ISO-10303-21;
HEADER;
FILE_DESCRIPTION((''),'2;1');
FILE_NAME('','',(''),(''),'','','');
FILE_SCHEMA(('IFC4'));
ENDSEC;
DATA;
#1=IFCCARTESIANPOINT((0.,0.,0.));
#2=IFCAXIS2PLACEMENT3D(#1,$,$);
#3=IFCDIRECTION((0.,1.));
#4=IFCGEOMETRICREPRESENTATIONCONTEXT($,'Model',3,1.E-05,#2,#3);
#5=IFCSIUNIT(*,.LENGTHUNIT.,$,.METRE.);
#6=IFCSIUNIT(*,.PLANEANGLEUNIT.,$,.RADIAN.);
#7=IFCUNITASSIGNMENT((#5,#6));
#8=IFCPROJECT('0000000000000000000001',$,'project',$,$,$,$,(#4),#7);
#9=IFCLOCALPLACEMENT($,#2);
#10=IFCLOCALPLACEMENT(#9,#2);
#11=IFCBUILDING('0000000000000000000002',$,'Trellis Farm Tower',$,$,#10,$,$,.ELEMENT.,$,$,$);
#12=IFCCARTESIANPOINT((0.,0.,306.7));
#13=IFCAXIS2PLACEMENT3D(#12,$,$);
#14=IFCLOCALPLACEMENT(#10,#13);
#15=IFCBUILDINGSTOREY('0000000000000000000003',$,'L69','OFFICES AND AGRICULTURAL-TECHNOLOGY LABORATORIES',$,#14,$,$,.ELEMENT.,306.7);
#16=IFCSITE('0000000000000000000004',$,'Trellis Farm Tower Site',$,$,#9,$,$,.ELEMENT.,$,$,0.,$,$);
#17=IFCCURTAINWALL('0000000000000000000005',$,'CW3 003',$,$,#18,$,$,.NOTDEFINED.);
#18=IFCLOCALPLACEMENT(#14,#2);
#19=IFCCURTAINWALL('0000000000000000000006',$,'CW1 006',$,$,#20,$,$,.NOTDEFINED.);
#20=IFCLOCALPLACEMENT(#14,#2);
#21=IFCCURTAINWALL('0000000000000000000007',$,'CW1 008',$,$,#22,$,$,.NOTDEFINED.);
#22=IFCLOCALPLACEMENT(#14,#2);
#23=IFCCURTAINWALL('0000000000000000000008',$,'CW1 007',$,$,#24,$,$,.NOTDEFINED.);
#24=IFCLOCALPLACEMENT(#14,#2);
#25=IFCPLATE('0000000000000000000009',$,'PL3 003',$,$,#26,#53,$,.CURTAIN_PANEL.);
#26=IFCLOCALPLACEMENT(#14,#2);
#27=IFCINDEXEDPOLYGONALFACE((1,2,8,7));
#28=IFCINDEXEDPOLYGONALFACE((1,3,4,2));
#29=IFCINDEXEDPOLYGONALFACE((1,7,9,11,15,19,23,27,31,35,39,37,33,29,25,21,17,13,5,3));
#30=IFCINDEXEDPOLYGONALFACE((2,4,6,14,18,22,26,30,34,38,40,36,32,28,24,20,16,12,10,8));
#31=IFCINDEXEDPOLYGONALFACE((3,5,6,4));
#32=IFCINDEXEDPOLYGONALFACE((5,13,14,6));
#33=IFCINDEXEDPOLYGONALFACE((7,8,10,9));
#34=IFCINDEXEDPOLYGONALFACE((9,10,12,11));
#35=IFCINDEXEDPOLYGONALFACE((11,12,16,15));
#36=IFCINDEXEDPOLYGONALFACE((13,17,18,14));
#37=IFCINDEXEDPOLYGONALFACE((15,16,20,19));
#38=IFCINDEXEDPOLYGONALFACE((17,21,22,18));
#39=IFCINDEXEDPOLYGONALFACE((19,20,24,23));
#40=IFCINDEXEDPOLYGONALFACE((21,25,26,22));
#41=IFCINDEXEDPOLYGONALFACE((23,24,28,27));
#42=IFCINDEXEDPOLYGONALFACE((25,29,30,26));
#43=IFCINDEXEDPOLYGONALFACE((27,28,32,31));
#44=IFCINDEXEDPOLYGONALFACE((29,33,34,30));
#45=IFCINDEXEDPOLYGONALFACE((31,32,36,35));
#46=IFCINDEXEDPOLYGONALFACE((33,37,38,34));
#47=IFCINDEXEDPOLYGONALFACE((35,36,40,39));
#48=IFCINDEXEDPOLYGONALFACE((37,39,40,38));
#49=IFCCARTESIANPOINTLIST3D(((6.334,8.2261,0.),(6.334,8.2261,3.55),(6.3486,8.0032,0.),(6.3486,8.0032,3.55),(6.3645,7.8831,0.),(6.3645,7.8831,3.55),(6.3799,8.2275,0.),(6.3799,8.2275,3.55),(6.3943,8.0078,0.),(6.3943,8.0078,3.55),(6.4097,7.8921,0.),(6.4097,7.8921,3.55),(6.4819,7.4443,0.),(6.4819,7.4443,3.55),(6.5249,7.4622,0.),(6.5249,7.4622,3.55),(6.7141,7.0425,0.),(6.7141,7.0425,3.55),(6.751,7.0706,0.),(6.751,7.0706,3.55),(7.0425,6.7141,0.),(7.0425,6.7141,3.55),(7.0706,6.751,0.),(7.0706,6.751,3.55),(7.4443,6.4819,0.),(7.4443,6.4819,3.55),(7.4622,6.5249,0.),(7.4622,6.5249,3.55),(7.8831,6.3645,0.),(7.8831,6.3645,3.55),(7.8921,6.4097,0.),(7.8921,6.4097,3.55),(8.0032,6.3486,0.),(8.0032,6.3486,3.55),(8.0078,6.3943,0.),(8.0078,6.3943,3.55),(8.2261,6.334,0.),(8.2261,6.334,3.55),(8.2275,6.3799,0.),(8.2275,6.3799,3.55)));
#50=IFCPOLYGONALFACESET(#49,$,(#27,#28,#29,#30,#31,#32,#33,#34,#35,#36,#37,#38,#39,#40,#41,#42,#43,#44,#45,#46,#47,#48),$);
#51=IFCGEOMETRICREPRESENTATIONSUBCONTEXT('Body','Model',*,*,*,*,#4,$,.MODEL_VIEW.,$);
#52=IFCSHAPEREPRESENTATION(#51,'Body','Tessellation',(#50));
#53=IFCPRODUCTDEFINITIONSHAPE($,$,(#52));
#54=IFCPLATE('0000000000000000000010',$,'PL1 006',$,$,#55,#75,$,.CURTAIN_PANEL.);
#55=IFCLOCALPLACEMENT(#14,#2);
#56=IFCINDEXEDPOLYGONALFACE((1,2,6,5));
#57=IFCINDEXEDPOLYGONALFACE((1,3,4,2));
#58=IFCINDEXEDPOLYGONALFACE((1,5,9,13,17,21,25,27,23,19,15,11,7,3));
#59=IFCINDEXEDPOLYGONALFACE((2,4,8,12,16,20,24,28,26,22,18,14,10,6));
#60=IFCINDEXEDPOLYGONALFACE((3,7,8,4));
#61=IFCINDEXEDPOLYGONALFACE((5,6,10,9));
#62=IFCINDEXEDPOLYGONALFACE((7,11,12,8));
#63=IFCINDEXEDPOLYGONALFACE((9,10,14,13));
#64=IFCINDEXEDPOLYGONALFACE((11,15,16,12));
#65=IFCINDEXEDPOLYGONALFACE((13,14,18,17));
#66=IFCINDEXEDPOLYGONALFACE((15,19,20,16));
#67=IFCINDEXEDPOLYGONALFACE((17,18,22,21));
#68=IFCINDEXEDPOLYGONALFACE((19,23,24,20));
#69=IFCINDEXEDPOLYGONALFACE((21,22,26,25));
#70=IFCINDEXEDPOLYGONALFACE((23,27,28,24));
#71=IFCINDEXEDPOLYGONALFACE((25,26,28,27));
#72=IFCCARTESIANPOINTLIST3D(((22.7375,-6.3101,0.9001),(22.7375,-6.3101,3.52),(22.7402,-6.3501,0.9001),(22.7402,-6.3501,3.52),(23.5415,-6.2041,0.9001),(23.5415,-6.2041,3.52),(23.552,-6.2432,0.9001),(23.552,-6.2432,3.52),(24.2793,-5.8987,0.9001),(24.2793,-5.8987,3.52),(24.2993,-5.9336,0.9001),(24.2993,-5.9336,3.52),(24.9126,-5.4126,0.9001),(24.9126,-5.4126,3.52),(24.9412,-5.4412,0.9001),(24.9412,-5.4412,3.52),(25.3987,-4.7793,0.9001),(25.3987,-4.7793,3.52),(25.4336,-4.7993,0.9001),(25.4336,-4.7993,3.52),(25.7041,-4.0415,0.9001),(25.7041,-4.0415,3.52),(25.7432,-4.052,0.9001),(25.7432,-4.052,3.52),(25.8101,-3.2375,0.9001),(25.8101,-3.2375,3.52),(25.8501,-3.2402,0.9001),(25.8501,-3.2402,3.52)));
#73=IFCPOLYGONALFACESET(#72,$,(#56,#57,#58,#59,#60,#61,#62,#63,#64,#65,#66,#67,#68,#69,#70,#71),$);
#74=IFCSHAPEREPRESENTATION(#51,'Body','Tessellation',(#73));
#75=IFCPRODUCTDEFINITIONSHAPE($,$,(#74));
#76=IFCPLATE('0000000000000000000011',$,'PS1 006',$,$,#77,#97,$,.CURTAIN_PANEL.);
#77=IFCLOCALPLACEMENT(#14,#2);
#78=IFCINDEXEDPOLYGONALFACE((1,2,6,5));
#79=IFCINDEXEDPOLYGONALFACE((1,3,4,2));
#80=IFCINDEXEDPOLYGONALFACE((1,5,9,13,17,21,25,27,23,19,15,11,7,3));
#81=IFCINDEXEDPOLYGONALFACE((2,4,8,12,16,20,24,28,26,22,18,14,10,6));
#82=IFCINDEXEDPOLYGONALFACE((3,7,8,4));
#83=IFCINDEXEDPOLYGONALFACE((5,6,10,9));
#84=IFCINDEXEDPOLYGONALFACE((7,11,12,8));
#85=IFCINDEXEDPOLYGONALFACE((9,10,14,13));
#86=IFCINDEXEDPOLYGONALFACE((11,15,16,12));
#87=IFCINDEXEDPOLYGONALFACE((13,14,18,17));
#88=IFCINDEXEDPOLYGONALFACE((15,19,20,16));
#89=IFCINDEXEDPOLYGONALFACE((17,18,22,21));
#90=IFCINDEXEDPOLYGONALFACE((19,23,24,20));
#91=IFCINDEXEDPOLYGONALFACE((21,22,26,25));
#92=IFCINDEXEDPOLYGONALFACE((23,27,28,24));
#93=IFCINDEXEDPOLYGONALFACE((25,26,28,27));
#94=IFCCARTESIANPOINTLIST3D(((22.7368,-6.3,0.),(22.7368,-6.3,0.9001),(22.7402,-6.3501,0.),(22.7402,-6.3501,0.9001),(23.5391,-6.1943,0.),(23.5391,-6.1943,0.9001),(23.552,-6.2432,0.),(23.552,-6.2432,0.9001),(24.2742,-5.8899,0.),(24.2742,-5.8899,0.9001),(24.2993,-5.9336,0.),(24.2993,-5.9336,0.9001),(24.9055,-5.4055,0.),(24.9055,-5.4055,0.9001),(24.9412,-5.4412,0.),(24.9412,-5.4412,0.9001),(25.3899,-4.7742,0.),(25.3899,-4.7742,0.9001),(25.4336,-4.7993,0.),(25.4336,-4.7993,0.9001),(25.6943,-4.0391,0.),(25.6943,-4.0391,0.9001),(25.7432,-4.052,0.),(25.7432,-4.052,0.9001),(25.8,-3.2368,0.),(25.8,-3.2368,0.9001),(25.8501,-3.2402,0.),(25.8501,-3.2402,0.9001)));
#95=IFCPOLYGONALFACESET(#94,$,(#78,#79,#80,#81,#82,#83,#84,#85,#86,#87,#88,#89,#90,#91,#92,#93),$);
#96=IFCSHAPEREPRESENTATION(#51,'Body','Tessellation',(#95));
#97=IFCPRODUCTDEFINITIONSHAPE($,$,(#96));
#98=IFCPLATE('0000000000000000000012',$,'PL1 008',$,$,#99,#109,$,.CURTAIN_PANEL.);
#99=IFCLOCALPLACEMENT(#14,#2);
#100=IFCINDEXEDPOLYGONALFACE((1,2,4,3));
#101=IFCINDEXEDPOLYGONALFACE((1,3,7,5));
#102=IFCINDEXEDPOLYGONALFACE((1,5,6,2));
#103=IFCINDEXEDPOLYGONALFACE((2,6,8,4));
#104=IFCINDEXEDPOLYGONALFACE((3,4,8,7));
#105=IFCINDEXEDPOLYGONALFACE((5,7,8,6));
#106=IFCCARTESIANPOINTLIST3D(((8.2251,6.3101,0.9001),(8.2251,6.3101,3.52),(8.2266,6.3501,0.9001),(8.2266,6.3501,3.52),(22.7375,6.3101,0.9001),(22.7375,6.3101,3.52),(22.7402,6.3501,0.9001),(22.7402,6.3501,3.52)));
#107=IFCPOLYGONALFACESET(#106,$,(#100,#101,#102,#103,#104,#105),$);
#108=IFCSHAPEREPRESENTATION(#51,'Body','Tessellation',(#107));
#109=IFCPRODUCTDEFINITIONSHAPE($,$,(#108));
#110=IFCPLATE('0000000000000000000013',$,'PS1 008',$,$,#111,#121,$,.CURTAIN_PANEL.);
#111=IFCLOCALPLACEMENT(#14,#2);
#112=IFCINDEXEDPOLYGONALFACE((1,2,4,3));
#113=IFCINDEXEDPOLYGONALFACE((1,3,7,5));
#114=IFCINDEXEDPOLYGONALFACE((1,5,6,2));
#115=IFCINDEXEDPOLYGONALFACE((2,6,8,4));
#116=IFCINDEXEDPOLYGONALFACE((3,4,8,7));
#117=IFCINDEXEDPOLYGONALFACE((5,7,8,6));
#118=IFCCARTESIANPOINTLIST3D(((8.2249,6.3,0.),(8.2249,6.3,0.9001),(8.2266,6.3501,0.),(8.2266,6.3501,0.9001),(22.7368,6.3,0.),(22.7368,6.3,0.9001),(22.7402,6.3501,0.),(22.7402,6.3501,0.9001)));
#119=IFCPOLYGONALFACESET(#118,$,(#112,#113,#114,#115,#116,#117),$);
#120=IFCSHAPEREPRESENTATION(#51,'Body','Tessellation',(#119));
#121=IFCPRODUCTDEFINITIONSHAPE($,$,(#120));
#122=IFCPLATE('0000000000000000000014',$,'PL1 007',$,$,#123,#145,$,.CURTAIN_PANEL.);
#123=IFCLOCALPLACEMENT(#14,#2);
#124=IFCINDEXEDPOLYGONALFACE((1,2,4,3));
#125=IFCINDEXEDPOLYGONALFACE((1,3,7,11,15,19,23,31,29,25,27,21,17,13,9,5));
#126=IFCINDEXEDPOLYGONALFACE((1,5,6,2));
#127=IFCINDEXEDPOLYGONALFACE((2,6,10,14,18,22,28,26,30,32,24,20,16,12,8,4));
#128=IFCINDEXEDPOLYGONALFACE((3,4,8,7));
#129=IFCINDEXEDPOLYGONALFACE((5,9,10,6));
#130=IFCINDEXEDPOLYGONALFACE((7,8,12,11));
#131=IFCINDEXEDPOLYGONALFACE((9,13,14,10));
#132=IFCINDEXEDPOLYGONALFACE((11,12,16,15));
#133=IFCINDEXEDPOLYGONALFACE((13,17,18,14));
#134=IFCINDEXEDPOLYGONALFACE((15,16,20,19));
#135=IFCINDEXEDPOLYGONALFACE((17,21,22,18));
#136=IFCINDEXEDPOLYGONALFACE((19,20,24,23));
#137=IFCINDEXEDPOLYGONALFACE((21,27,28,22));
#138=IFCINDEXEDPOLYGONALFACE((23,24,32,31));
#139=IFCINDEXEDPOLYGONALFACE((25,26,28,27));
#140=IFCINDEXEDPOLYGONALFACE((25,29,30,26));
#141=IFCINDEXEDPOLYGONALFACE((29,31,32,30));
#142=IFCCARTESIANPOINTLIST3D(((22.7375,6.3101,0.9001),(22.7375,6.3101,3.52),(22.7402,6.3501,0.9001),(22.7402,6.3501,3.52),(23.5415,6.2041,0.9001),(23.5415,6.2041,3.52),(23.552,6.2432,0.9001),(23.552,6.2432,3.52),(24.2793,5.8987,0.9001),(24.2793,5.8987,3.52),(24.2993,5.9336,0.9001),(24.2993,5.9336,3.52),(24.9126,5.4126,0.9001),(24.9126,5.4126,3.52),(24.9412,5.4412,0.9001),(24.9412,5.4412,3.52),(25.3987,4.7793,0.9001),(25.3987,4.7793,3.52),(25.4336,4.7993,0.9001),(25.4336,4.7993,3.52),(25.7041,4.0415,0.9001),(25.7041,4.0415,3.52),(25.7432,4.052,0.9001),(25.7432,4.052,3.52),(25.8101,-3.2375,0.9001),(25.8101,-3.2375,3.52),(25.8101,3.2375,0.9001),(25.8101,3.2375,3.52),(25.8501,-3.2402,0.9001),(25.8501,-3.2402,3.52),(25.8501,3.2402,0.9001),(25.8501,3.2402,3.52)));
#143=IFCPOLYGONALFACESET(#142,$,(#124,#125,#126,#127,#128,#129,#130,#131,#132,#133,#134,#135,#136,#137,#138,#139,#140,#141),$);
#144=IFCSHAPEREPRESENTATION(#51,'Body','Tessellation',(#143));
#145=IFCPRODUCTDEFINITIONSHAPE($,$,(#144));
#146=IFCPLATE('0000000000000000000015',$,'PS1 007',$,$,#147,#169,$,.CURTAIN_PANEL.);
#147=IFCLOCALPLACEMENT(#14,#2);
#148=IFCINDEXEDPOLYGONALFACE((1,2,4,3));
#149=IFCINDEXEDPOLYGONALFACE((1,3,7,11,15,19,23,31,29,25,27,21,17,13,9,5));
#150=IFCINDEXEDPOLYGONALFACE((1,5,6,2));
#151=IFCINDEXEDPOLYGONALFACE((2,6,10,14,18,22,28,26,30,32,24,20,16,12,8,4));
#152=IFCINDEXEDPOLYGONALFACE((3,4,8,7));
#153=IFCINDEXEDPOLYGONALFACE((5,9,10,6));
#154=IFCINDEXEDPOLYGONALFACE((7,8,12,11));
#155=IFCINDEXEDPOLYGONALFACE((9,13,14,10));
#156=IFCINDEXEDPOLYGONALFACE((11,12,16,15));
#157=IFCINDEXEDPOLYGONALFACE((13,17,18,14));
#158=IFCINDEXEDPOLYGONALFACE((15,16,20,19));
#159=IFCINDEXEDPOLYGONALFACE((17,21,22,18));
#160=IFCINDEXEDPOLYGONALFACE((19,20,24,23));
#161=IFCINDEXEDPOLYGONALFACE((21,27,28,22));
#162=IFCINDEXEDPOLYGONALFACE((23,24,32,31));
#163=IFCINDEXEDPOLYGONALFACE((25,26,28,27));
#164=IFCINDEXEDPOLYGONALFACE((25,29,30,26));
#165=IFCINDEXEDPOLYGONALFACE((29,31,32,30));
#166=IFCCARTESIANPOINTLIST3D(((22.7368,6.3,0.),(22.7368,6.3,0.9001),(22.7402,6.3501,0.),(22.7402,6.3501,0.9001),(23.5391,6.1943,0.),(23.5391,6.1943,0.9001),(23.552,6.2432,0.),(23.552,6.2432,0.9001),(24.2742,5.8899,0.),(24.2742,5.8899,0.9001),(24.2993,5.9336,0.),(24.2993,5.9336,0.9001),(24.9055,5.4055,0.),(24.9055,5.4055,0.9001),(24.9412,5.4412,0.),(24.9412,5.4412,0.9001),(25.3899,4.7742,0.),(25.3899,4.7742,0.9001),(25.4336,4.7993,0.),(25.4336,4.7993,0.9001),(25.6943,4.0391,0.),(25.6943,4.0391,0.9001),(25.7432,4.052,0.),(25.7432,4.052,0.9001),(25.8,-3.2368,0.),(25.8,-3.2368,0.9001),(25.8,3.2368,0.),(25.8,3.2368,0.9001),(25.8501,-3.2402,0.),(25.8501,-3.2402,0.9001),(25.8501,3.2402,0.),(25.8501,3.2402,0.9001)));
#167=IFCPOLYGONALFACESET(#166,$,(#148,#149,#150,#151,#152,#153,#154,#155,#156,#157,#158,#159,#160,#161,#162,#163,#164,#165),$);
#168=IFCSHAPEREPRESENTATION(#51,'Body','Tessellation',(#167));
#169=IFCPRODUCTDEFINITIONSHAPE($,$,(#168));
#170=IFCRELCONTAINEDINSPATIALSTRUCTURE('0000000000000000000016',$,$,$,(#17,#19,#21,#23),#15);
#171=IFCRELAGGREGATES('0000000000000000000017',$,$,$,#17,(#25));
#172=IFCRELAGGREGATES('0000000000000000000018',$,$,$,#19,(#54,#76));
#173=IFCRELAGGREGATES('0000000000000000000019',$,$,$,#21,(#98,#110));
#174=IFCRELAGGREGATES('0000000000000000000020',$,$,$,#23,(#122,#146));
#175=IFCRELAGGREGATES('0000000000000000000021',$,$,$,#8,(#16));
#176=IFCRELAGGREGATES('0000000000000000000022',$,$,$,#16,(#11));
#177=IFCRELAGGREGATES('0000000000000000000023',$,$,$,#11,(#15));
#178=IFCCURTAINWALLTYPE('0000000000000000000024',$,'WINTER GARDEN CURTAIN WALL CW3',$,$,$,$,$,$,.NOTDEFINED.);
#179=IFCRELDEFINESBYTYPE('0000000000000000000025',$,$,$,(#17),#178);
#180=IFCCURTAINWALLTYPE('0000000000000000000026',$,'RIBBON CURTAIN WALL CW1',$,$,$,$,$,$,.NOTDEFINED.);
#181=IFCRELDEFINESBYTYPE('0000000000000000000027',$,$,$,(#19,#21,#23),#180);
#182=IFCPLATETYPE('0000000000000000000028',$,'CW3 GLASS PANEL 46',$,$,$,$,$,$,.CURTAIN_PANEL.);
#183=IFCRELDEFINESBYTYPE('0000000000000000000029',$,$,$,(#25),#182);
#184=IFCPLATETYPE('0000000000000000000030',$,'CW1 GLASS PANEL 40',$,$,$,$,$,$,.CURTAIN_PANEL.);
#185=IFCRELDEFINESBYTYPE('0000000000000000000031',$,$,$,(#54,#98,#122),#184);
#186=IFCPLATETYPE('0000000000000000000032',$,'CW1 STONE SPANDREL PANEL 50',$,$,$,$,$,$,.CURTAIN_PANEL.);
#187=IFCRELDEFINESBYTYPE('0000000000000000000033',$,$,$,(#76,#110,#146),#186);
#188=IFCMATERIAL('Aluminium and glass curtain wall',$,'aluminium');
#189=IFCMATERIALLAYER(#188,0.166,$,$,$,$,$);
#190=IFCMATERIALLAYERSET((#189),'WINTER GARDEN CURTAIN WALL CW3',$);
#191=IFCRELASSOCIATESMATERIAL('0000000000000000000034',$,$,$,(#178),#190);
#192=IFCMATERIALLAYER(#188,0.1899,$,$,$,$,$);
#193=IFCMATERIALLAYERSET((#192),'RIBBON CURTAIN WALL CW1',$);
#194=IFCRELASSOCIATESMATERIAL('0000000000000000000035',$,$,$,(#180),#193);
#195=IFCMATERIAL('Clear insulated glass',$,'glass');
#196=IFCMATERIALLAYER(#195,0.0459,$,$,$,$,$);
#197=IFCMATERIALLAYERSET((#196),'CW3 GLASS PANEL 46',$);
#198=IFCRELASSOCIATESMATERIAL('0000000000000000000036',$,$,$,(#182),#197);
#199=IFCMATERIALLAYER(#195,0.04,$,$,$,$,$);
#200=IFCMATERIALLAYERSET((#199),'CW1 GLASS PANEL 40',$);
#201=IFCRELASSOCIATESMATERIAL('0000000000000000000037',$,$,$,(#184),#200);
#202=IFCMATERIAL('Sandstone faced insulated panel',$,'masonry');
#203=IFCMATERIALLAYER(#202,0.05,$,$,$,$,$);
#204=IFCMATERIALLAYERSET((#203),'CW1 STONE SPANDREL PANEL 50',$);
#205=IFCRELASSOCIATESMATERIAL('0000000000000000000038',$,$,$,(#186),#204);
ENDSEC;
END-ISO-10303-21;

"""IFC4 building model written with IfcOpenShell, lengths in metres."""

from ifc_helpers import new_model, si_unit, direction, frame, origin, place, context, subcontext, project, spatial, polyline, outline, extrude, source, transform, mapped, material, layer, layer_set, type_object, element, aggregate, save


model = new_model("IFC4")

# Units and contexts
model_context = context("Model", 3, precision=1e-05, world=origin(), true_north=direction((0.0, 1.0)))
body_context = subcontext(model_context, "Body", "Model", "MODEL_VIEW")
ifc_project = project(units=[si_unit("LENGTHUNIT", "METRE"), si_unit("PLANEANGLEUNIT", "RADIAN")], contexts=[model_context])

# Site, building, storey
site_placement = place(None, origin())
site = spatial("IfcSite", under=ifc_project, at=site_placement, Name="Trellis Farm Tower Site", CompositionType="ELEMENT", RefElevation=0.0)
building_placement = place(site_placement, origin())
building = spatial("IfcBuilding", under=site, at=building_placement, Name="Trellis Farm Tower", CompositionType="ELEMENT")
storey_placement = place(building_placement, frame((0.0, 0.0, 306.7)))
storey = spatial("IfcBuildingStorey", under=building, at=storey_placement, Name="L69", Description="OFFICES AND AGRICULTURAL-TECHNOLOGY LABORATORIES", CompositionType="ELEMENT", Elevation=306.7)

# Curtain walls
ifc_material_1 = material(Name="Aluminium and glass curtain wall", Category="aluminium")
ifc_layer_1 = layer(ifc_material_1, 0.166)
ifc_layer_set_1 = layer_set([ifc_layer_1], Name="WINTER GARDEN CURTAIN WALL CW3")
curtain_wall_type_1 = type_object("IfcCurtainWallType", Name="WINTER GARDEN CURTAIN WALL CW3", PredefinedType="NOTDEFINED", material=ifc_layer_set_1)
placement_1 = place(storey_placement, origin())
curtain_wall_1 = element("IfcCurtainWall", 1, at=placement_1, inside=storey, type_object=curtain_wall_type_1, Name="CW3 003", PredefinedType="NOTDEFINED")
ifc_layer_2 = layer(ifc_material_1, 0.1899)
ifc_layer_set_2 = layer_set([ifc_layer_2], Name="RIBBON CURTAIN WALL CW1")
curtain_wall_type_2 = type_object("IfcCurtainWallType", Name="RIBBON CURTAIN WALL CW1", PredefinedType="NOTDEFINED", material=ifc_layer_set_2)
curtain_wall_2 = element("IfcCurtainWall", 2, at=placement_1, inside=storey, type_object=curtain_wall_type_2, Name="CW1 006", PredefinedType="NOTDEFINED")
curtain_wall_3 = element("IfcCurtainWall", 3, at=placement_1, inside=storey, type_object=curtain_wall_type_2, Name="CW1 008", PredefinedType="NOTDEFINED")
curtain_wall_4 = element("IfcCurtainWall", 4, at=placement_1, inside=storey, type_object=curtain_wall_type_2, Name="CW1 007", PredefinedType="NOTDEFINED")

# Plates
ifc_material_2 = material(Name="Clear insulated glass", Category="glass")
ifc_layer_3 = layer(ifc_material_2, 0.0459)
ifc_layer_set_3 = layer_set([ifc_layer_3], Name="CW3 GLASS PANEL 46")
plate_type_1 = type_object("IfcPlateType", Name="CW3 GLASS PANEL 46", PredefinedType="CURTAIN_PANEL", material=ifc_layer_set_3)
shared_shape_1 = source(origin(), body_context, "Body", "SweptSolid", [
    extrude(outline(polyline([(8.2275, 6.3799), (8.0078, 6.3943), (7.8921, 6.4097), (7.4622, 6.5249), (7.0706, 6.751), (6.751, 7.0706), (6.5249, 7.4622), (6.4097, 7.8921), (6.3943, 8.0078), (6.3799, 8.2275), (6.334, 8.2261), (6.3486, 8.0032), (6.3645, 7.8831), (6.4819, 7.4443), (6.7141, 7.0425), (7.0425, 6.7141), (7.4443, 6.4819), (7.8831, 6.3645), (8.0032, 6.3486), (8.2261, 6.334), (8.2275, 6.3799)])), origin(), (0.0, 0.0, 1.0), 3.55),
])
plate_1 = element("IfcPlate", 5, at=placement_1, type_object=plate_type_1, Name="PL3 003", PredefinedType="CURTAIN_PANEL", context=body_context, shape_type="MappedRepresentation", body=[
    mapped(shared_shape_1, transform((0.0, 0.0, 0.0))),
])
aggregate(curtain_wall_1, [plate_1])
ifc_layer_4 = layer(ifc_material_2, 0.04)
ifc_layer_set_4 = layer_set([ifc_layer_4], Name="CW1 GLASS PANEL 40")
plate_type_2 = type_object("IfcPlateType", Name="CW1 GLASS PANEL 40", PredefinedType="CURTAIN_PANEL", material=ifc_layer_set_4)
shared_shape_2 = source(origin(), body_context, "Body", "SweptSolid", [
    extrude(outline(polyline([(22.7402, -6.3501), (23.552, -6.2432), (24.2993, -5.9336), (24.9412, -5.4412), (25.4336, -4.7993), (25.7432, -4.052), (25.8501, -3.2402), (25.8101, -3.2375), (25.7041, -4.0415), (25.3987, -4.7793), (24.9126, -5.4126), (24.2793, -5.8987), (23.5415, -6.2041), (22.7375, -6.3101), (22.7402, -6.3501)])), origin(), (0.0, 0.0, 1.0), 2.6199),
])
placement_2 = place(storey_placement, frame((0.0, 0.0, 0.9001)))
plate_2 = element("IfcPlate", 6, at=placement_2, type_object=plate_type_2, Name="PL1 006", PredefinedType="CURTAIN_PANEL", context=body_context, shape_type="MappedRepresentation", body=[
    mapped(shared_shape_2, transform((0.0, 0.0, 0.0))),
])
ifc_material_3 = material(Name="Sandstone faced insulated panel", Category="masonry")
ifc_layer_5 = layer(ifc_material_3, 0.05)
ifc_layer_set_5 = layer_set([ifc_layer_5], Name="CW1 STONE SPANDREL PANEL 50")
plate_type_3 = type_object("IfcPlateType", Name="CW1 STONE SPANDREL PANEL 50", PredefinedType="CURTAIN_PANEL", material=ifc_layer_set_5)
shared_shape_3 = source(origin(), body_context, "Body", "SweptSolid", [
    extrude(outline(polyline([(22.7402, -6.3501), (23.552, -6.2432), (24.2993, -5.9336), (24.9412, -5.4412), (25.4336, -4.7993), (25.7432, -4.052), (25.8501, -3.2402), (25.8, -3.2368), (25.6943, -4.0391), (25.3899, -4.7742), (24.9055, -5.4055), (24.2742, -5.8899), (23.5391, -6.1943), (22.7368, -6.3), (22.7402, -6.3501)])), origin(), (0.0, 0.0, 1.0), 0.9001),
])
plate_3 = element("IfcPlate", 7, at=placement_1, type_object=plate_type_3, Name="PS1 006", PredefinedType="CURTAIN_PANEL", context=body_context, shape_type="MappedRepresentation", body=[
    mapped(shared_shape_3, transform((0.0, 0.0, 0.0))),
])
aggregate(curtain_wall_2, [plate_2, plate_3])
shared_shape_4 = source(origin(), body_context, "Body", "SweptSolid", [
    extrude(outline(polyline([(22.7402, 6.3501), (8.2266, 6.3501), (8.2251, 6.3101), (22.7375, 6.3101), (22.7402, 6.3501)])), origin(), (0.0, 0.0, 1.0), 2.6199),
])
plate_4 = element("IfcPlate", 8, at=placement_2, type_object=plate_type_2, Name="PL1 008", PredefinedType="CURTAIN_PANEL", context=body_context, shape_type="MappedRepresentation", body=[
    mapped(shared_shape_4, transform((0.0, 0.0, 0.0))),
])
shared_shape_5 = source(origin(), body_context, "Body", "SweptSolid", [
    extrude(outline(polyline([(22.7402, 6.3501), (8.2266, 6.3501), (8.2249, 6.3), (22.7368, 6.3), (22.7402, 6.3501)])), origin(), (0.0, 0.0, 1.0), 0.9001),
])
plate_5 = element("IfcPlate", 9, at=placement_1, type_object=plate_type_3, Name="PS1 008", PredefinedType="CURTAIN_PANEL", context=body_context, shape_type="MappedRepresentation", body=[
    mapped(shared_shape_5, transform((0.0, 0.0, 0.0))),
])
aggregate(curtain_wall_3, [plate_4, plate_5])
shared_shape_6 = source(origin(), body_context, "Body", "SweptSolid", [
    extrude(outline(polyline([(25.8501, -3.2402), (25.8501, 3.2402), (25.7432, 4.052), (25.4336, 4.7993), (24.9412, 5.4412), (24.2993, 5.9336), (23.552, 6.2432), (22.7402, 6.3501), (22.7375, 6.3101), (23.5415, 6.2041), (24.2793, 5.8987), (24.9126, 5.4126), (25.3987, 4.7793), (25.7041, 4.0415), (25.8101, 3.2375), (25.8101, -3.2375), (25.8501, -3.2402)])), origin(), (0.0, 0.0, 1.0), 2.6199),
])
plate_6 = element("IfcPlate", 10, at=placement_2, type_object=plate_type_2, Name="PL1 007", PredefinedType="CURTAIN_PANEL", context=body_context, shape_type="MappedRepresentation", body=[
    mapped(shared_shape_6, transform((0.0, 0.0, 0.0))),
])
shared_shape_7 = source(origin(), body_context, "Body", "SweptSolid", [
    extrude(outline(polyline([(25.8501, -3.2402), (25.8501, 3.2402), (25.7432, 4.052), (25.4336, 4.7993), (24.9412, 5.4412), (24.2993, 5.9336), (23.552, 6.2432), (22.7402, 6.3501), (22.7368, 6.3), (23.5391, 6.1943), (24.2742, 5.8899), (24.9055, 5.4055), (25.3899, 4.7742), (25.6943, 4.0391), (25.8, 3.2368), (25.8, -3.2368), (25.8501, -3.2402)])), origin(), (0.0, 0.0, 1.0), 0.9001),
])
plate_7 = element("IfcPlate", 11, at=placement_1, type_object=plate_type_3, Name="PS1 007", PredefinedType="CURTAIN_PANEL", context=body_context, shape_type="MappedRepresentation", body=[
    mapped(shared_shape_7, transform((0.0, 0.0, 0.0))),
])
aggregate(curtain_wall_4, [plate_6, plate_7])

save(model, "model.ifc")
